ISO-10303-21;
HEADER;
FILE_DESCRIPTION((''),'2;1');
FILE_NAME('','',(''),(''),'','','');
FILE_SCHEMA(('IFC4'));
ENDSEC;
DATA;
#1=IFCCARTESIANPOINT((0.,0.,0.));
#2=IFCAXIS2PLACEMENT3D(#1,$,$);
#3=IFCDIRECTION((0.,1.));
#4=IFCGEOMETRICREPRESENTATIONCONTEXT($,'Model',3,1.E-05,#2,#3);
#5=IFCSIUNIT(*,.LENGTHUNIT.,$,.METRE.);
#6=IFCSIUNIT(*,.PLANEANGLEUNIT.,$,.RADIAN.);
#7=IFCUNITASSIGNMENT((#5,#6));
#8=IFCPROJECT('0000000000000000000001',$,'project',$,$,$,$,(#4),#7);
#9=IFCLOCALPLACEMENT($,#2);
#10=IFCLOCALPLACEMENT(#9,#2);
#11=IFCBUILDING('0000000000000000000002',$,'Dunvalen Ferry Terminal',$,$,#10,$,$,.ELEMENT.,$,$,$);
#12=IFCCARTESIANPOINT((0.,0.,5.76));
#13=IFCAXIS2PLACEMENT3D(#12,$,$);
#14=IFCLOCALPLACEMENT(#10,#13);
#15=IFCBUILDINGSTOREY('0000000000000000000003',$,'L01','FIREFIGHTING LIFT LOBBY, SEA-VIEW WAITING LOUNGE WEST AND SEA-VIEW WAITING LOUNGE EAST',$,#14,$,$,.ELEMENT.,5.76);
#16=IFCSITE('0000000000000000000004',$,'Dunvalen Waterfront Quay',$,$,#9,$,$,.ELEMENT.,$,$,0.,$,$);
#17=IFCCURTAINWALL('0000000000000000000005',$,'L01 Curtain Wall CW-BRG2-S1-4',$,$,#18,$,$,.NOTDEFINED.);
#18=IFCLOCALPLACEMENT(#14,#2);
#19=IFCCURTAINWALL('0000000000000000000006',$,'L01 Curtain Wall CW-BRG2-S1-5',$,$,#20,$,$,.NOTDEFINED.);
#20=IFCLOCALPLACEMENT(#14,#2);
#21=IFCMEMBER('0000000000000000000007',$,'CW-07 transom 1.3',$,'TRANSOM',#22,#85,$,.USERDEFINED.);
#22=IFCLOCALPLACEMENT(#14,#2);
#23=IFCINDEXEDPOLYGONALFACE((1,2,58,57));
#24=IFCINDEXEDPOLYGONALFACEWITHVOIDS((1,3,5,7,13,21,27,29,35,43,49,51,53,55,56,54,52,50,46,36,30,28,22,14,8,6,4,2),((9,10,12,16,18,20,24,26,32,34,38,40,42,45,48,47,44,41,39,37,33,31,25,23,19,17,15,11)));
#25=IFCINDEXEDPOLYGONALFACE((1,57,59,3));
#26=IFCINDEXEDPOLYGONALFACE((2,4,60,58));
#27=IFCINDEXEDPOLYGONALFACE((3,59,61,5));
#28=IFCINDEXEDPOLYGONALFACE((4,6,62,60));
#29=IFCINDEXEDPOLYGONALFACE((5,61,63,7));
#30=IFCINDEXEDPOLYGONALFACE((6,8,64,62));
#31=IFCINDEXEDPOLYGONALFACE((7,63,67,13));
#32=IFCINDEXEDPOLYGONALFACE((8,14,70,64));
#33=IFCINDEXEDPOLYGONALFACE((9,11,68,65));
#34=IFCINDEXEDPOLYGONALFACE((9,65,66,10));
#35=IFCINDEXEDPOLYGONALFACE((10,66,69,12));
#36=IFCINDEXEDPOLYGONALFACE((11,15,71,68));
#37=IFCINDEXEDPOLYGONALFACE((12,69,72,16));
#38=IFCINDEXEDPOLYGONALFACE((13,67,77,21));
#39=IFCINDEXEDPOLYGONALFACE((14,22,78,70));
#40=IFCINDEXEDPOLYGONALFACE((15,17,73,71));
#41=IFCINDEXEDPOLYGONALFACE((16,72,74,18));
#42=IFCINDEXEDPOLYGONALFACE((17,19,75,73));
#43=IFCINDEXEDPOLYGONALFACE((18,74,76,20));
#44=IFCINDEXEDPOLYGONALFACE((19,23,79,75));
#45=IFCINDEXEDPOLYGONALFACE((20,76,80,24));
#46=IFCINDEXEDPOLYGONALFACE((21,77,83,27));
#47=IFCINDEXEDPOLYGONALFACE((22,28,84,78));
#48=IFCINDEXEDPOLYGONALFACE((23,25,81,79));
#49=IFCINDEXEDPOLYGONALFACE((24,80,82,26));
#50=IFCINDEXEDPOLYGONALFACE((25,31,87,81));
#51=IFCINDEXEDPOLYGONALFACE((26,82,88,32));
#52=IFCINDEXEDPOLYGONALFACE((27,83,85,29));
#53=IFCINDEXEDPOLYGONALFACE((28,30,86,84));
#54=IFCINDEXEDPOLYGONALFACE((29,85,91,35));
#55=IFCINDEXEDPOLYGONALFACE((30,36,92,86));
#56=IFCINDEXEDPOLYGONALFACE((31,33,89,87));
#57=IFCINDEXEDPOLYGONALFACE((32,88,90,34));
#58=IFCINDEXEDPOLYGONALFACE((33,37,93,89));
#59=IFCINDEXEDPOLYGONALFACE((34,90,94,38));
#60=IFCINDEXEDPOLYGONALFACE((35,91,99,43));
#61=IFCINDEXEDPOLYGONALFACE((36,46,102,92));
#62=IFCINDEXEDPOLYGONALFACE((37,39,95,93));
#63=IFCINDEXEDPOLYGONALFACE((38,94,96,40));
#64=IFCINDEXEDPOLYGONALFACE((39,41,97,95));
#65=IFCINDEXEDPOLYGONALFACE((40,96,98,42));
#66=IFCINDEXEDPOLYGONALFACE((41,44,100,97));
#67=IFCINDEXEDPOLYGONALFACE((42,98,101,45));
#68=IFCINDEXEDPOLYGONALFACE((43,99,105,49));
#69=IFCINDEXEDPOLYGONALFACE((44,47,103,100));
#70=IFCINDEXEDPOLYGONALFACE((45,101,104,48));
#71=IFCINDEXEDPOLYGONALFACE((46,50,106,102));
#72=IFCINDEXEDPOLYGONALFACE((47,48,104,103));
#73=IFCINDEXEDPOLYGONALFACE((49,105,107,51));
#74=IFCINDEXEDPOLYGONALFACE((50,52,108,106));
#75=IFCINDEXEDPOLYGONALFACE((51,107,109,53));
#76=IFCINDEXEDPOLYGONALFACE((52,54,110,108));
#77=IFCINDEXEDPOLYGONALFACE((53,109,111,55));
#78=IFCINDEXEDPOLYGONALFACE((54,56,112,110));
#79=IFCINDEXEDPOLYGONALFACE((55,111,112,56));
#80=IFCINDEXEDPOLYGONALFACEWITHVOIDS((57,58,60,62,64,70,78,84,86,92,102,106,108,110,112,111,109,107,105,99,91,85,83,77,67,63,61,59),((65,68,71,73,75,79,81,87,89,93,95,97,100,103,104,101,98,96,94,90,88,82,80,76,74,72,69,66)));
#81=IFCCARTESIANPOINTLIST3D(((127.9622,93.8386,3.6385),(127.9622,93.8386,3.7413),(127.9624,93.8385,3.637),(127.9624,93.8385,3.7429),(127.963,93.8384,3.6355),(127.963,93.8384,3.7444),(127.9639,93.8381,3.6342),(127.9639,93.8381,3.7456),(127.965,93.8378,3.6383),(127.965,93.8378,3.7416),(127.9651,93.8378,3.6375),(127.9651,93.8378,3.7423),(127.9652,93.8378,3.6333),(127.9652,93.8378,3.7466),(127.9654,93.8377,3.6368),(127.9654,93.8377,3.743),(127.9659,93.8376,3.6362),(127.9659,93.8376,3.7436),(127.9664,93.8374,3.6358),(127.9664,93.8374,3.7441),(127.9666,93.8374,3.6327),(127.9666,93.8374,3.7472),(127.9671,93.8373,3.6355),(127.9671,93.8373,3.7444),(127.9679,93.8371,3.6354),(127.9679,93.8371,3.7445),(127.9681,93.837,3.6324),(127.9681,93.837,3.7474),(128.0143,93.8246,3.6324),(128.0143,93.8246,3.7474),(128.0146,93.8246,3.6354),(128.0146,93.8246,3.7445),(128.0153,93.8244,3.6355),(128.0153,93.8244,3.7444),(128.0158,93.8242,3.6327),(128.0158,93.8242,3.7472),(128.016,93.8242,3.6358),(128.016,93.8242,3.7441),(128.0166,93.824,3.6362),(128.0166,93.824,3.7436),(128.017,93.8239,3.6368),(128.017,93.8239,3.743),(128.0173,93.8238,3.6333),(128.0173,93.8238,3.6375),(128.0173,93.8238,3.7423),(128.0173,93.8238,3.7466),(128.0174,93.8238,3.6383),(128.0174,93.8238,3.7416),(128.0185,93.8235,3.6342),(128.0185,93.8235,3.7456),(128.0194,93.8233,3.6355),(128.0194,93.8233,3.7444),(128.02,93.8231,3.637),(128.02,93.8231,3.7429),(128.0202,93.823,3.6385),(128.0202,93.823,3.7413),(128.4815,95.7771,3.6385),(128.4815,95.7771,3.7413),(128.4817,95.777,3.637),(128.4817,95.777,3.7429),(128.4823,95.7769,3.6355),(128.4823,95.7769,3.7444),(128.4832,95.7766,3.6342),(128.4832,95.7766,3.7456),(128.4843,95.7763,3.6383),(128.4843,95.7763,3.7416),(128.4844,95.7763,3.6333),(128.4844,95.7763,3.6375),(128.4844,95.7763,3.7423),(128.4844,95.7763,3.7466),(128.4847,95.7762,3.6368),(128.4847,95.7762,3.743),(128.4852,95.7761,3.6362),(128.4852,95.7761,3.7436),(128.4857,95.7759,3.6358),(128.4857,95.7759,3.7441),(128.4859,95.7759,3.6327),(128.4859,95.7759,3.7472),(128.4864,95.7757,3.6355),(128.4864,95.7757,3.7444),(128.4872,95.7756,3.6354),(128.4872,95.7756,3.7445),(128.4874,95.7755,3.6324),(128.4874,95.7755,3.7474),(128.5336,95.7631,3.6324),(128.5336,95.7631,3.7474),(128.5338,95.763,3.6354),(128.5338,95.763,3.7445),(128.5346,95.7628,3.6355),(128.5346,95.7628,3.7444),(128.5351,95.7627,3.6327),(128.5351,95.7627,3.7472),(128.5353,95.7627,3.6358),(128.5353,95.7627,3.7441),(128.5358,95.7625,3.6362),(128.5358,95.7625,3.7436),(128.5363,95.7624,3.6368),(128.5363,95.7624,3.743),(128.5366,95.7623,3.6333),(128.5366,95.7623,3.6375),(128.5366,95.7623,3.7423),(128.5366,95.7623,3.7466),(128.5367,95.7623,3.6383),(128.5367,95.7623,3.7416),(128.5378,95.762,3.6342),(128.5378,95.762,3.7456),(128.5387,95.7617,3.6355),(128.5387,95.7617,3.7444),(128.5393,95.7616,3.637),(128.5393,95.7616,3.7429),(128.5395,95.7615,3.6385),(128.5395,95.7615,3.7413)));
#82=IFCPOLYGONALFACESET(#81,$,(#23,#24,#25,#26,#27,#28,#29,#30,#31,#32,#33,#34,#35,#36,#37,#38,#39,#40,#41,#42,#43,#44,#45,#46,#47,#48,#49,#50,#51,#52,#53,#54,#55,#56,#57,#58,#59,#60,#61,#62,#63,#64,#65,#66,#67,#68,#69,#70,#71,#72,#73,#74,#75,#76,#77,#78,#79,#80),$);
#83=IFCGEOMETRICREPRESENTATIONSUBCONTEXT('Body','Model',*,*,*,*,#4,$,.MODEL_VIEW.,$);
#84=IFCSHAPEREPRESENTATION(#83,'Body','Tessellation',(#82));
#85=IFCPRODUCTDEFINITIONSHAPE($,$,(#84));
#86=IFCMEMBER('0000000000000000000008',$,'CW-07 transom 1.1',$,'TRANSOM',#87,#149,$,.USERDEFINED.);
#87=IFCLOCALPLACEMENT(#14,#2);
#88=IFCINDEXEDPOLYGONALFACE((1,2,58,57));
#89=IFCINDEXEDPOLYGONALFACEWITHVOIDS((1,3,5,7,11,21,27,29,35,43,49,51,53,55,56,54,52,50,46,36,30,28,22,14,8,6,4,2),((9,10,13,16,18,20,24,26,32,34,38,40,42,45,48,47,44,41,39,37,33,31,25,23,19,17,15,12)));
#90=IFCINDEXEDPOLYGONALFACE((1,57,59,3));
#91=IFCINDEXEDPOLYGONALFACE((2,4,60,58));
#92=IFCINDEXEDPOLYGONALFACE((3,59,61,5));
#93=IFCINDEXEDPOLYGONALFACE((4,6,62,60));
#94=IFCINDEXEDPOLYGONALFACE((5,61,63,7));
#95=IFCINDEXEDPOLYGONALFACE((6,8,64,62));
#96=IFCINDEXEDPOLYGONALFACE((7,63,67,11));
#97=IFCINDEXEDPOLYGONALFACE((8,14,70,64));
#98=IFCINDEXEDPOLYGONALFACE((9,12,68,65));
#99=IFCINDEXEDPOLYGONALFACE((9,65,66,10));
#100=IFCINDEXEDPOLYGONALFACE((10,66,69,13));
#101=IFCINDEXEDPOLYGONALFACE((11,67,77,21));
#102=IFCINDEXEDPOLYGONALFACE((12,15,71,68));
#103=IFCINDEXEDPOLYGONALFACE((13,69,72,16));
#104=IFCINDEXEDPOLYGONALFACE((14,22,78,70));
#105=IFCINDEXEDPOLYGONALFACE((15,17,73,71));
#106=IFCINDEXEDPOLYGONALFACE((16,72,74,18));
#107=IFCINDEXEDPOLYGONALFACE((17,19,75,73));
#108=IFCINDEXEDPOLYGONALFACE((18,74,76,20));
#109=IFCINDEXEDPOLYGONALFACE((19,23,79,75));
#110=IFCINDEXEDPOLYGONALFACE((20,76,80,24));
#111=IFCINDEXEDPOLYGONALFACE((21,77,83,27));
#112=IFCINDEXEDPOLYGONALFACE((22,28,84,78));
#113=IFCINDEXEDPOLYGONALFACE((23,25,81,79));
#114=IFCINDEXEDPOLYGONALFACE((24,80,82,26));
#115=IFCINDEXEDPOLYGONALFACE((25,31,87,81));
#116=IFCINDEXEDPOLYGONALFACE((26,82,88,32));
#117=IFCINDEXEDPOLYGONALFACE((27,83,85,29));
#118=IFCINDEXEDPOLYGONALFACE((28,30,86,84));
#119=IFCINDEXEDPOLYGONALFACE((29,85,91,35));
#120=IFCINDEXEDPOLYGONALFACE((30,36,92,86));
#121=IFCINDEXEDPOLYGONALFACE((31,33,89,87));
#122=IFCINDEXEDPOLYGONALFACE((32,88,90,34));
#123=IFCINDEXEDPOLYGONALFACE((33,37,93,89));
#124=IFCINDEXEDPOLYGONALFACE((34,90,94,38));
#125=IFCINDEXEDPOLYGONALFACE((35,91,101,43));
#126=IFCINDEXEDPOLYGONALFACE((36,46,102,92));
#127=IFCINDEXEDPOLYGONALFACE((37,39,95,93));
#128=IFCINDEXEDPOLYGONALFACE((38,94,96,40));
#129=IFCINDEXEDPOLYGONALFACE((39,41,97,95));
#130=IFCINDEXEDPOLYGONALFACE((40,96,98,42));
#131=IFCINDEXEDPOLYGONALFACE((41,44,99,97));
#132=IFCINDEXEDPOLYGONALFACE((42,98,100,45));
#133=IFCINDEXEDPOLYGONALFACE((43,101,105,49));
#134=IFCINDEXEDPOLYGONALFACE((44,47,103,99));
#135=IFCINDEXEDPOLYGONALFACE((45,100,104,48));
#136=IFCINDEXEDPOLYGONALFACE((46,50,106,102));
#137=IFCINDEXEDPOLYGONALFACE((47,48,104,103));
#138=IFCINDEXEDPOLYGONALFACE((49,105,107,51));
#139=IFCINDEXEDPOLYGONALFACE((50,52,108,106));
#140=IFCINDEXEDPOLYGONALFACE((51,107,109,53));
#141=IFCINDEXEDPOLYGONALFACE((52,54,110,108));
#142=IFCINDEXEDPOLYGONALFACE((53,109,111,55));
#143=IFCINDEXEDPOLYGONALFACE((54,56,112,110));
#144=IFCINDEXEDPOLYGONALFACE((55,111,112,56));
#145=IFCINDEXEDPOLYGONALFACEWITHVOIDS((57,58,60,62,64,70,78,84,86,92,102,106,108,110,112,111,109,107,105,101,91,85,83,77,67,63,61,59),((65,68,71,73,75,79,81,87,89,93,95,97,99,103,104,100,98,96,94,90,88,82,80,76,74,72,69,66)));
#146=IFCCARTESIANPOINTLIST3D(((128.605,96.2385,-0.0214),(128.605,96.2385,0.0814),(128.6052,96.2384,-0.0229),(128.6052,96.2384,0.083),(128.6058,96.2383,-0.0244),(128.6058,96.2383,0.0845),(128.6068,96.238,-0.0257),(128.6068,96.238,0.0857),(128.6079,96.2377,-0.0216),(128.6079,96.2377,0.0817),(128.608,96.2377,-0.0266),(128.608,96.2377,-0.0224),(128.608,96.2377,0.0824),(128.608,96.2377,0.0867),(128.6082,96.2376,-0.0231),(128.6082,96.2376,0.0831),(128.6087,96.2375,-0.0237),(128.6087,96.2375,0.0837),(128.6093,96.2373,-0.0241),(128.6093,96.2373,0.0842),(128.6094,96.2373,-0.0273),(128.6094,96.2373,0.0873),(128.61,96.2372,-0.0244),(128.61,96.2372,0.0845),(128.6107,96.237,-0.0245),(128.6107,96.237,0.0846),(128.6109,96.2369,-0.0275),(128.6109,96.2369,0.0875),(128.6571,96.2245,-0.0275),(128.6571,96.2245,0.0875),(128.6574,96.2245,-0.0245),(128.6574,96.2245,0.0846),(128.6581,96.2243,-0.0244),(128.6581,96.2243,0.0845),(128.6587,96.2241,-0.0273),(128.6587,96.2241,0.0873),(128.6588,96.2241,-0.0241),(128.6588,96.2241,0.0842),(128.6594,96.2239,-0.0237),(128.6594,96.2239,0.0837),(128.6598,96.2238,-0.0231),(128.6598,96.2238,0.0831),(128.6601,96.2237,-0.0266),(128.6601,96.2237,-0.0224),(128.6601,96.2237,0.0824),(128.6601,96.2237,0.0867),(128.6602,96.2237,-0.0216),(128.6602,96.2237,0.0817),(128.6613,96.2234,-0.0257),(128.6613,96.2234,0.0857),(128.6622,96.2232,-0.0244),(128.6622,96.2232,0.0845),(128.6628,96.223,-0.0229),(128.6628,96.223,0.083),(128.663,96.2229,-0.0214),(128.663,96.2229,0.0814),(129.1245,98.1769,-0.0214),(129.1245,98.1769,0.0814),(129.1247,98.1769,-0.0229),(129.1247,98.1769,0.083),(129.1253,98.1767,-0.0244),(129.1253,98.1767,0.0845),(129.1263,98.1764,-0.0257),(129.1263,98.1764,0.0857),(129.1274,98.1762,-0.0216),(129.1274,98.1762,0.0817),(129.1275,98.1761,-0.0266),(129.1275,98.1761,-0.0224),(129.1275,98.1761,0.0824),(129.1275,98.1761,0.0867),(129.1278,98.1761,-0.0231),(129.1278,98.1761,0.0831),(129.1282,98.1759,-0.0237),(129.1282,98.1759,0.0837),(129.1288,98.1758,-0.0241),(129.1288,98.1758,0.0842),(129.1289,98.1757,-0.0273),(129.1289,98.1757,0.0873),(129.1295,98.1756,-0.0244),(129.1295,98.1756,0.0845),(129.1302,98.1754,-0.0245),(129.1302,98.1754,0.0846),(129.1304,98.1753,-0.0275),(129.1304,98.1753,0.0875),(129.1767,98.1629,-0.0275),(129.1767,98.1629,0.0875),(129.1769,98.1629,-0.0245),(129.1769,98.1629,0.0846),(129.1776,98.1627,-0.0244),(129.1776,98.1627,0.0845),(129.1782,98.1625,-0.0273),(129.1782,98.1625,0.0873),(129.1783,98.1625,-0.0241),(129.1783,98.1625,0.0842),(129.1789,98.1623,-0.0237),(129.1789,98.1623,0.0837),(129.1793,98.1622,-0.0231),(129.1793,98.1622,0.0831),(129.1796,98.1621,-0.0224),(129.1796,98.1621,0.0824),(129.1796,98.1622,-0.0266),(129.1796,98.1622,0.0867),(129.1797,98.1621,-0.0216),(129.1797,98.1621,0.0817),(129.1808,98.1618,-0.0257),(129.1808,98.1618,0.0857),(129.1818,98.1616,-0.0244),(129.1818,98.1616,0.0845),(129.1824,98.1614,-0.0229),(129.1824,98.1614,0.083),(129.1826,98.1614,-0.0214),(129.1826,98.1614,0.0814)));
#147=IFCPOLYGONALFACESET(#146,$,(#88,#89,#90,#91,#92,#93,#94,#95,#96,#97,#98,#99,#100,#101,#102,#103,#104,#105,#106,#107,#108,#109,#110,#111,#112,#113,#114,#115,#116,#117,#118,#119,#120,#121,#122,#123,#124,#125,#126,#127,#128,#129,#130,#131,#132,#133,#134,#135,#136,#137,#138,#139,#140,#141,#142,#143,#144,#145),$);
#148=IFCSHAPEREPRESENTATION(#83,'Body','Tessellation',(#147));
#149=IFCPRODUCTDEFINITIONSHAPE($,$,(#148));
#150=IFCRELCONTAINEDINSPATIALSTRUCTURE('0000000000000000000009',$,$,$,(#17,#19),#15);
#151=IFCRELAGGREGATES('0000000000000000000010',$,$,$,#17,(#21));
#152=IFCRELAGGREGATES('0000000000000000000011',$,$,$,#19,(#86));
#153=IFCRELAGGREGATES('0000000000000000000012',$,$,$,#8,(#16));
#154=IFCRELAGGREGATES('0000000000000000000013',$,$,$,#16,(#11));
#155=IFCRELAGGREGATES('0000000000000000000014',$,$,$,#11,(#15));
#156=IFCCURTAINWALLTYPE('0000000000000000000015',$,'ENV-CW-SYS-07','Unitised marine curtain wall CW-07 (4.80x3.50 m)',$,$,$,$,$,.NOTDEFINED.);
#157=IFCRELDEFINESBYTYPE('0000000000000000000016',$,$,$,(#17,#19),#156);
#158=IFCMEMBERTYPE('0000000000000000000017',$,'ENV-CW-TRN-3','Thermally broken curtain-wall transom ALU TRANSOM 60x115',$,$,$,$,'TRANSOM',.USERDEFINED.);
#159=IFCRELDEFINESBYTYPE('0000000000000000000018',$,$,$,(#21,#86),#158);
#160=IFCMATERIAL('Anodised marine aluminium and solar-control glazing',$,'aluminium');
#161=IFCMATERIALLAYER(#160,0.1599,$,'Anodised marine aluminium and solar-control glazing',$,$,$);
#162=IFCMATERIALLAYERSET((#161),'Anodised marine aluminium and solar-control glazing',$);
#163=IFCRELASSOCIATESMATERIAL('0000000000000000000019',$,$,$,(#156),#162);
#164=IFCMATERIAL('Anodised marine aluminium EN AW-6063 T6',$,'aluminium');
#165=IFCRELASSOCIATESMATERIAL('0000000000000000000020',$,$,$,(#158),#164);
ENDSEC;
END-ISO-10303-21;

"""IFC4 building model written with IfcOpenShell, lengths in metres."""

from ifc_helpers import new_model, si_unit, direction, frame, origin, origin_2d, place, context, subcontext, project, spatial, hollow_rectangle, extrude, material, layer, layer_set, material_profile, profile_set, type_object, element, aggregate, save


model = new_model("IFC4")

# Units and contexts
model_context = context("Model", 3, precision=1e-05, world=origin(), true_north=direction((0.0, 1.0)))
body_context = subcontext(model_context, "Body", "Model", "MODEL_VIEW")
ifc_project = project(units=[si_unit("LENGTHUNIT", "METRE"), si_unit("PLANEANGLEUNIT", "RADIAN")], contexts=[model_context])

# Site, building, storey
site_placement = place(None, origin())
site = spatial("IfcSite", under=ifc_project, at=site_placement, Name="Dunvalen Waterfront Quay", CompositionType="ELEMENT", RefElevation=0.0)
building_placement = place(site_placement, origin())
building = spatial("IfcBuilding", under=site, at=building_placement, Name="Dunvalen Ferry Terminal", CompositionType="ELEMENT")
storey_placement = place(building_placement, frame((0.0, 0.0, 5.76)))
storey = spatial("IfcBuildingStorey", under=building, at=storey_placement, Name="L01", Description="FIREFIGHTING LIFT LOBBY, SEA-VIEW WAITING LOUNGE WEST AND SEA-VIEW WAITING LOUNGE EAST", CompositionType="ELEMENT", Elevation=5.76)

# Shared definitions
ifc_material_1 = material(Name="Anodised marine aluminium and solar-control glazing", Category="aluminium")
ifc_layer_1 = layer(ifc_material_1, 0.1599, Name="Anodised marine aluminium and solar-control glazing")
ifc_layer_set_1 = layer_set([ifc_layer_1], Name="Anodised marine aluminium and solar-control glazing")
curtain_wall_type = type_object("IfcCurtainWallType", Name="ENV-CW-SYS-07", Description="Unitised marine curtain wall CW-07 (4.80x3.50 m)", PredefinedType="NOTDEFINED", material=ifc_layer_set_1)
ifc_material_2 = material(Name="Anodised marine aluminium EN AW-6063 T6", Category="aluminium")

# Curtain walls
curtain_wall_1_placement = place(storey_placement, origin())
curtain_wall_1 = element("IfcCurtainWall", 1, at=curtain_wall_1_placement, inside=storey, type_object=curtain_wall_type, Name="L01 Curtain Wall CW-BRG2-S1-4", PredefinedType="NOTDEFINED")
curtain_wall_2_placement = place(storey_placement, origin())
curtain_wall_2 = element("IfcCurtainWall", 2, at=curtain_wall_2_placement, inside=storey, type_object=curtain_wall_type, Name="L01 Curtain Wall CW-BRG2-S1-5", PredefinedType="NOTDEFINED")

# Members
ifc_material_profile_1 = material_profile(ifc_material_2, hollow_rectangle(XDim=0.0601, YDim=0.115, WallThickness=0.0029, InnerFilletRadius=0.0029, OuterFilletRadius=0.0061, at=origin_2d()), Name="Anodised marine aluminium EN AW-6063 T6")
ifc_profile_set_1 = profile_set([ifc_material_profile_1], Name="Anodised marine aluminium EN AW-6063 T6")
member_type_1 = type_object("IfcMemberType", Name="ENV-CW-TRN-3", Description="Thermally broken curtain-wall transom ALU TRANSOM 60x115", ElementType="TRANSOM", PredefinedType="USERDEFINED", material=ifc_profile_set_1)
member_1_placement = place(storey_placement, frame((127.9912, 93.8308, 3.6899), z_axis=(0.25876, 0.965942, 0.0), x_axis=(-0.965942, 0.25876, 0.0)))
member_1 = element("IfcMember", 3, at=member_1_placement, type_object=member_type_1, Name="CW-07 transom 1.3", ObjectType="TRANSOM", PredefinedType="USERDEFINED", context=body_context, shape_type="SweptSolid", body=[
    extrude(hollow_rectangle(XDim=0.0601, YDim=0.115, WallThickness=0.0029, InnerFilletRadius=0.0029, OuterFilletRadius=0.0061, at=origin_2d()), origin(), (0.0, 0.0, 1.0), 2.0068),
])
member_2_placement = place(storey_placement, frame((128.634, 96.2307, 0.03), z_axis=(0.258874, 0.965911, 0.0), x_axis=(-0.965911, 0.258874, 0.0)))
member_2 = element("IfcMember", 4, at=member_2_placement, type_object=member_type_1, Name="CW-07 transom 1.1", ObjectType="TRANSOM", PredefinedType="USERDEFINED", context=body_context, shape_type="SweptSolid", body=[
    extrude(hollow_rectangle(XDim=0.0601, YDim=0.115, WallThickness=0.0029, InnerFilletRadius=0.0029, OuterFilletRadius=0.0061, at=origin_2d()), origin(), (0.0, 0.0, 1.0), 2.0068),
])

aggregate(curtain_wall_1, [member_1])
aggregate(curtain_wall_2, [member_2])

save(model, "model.ifc")
